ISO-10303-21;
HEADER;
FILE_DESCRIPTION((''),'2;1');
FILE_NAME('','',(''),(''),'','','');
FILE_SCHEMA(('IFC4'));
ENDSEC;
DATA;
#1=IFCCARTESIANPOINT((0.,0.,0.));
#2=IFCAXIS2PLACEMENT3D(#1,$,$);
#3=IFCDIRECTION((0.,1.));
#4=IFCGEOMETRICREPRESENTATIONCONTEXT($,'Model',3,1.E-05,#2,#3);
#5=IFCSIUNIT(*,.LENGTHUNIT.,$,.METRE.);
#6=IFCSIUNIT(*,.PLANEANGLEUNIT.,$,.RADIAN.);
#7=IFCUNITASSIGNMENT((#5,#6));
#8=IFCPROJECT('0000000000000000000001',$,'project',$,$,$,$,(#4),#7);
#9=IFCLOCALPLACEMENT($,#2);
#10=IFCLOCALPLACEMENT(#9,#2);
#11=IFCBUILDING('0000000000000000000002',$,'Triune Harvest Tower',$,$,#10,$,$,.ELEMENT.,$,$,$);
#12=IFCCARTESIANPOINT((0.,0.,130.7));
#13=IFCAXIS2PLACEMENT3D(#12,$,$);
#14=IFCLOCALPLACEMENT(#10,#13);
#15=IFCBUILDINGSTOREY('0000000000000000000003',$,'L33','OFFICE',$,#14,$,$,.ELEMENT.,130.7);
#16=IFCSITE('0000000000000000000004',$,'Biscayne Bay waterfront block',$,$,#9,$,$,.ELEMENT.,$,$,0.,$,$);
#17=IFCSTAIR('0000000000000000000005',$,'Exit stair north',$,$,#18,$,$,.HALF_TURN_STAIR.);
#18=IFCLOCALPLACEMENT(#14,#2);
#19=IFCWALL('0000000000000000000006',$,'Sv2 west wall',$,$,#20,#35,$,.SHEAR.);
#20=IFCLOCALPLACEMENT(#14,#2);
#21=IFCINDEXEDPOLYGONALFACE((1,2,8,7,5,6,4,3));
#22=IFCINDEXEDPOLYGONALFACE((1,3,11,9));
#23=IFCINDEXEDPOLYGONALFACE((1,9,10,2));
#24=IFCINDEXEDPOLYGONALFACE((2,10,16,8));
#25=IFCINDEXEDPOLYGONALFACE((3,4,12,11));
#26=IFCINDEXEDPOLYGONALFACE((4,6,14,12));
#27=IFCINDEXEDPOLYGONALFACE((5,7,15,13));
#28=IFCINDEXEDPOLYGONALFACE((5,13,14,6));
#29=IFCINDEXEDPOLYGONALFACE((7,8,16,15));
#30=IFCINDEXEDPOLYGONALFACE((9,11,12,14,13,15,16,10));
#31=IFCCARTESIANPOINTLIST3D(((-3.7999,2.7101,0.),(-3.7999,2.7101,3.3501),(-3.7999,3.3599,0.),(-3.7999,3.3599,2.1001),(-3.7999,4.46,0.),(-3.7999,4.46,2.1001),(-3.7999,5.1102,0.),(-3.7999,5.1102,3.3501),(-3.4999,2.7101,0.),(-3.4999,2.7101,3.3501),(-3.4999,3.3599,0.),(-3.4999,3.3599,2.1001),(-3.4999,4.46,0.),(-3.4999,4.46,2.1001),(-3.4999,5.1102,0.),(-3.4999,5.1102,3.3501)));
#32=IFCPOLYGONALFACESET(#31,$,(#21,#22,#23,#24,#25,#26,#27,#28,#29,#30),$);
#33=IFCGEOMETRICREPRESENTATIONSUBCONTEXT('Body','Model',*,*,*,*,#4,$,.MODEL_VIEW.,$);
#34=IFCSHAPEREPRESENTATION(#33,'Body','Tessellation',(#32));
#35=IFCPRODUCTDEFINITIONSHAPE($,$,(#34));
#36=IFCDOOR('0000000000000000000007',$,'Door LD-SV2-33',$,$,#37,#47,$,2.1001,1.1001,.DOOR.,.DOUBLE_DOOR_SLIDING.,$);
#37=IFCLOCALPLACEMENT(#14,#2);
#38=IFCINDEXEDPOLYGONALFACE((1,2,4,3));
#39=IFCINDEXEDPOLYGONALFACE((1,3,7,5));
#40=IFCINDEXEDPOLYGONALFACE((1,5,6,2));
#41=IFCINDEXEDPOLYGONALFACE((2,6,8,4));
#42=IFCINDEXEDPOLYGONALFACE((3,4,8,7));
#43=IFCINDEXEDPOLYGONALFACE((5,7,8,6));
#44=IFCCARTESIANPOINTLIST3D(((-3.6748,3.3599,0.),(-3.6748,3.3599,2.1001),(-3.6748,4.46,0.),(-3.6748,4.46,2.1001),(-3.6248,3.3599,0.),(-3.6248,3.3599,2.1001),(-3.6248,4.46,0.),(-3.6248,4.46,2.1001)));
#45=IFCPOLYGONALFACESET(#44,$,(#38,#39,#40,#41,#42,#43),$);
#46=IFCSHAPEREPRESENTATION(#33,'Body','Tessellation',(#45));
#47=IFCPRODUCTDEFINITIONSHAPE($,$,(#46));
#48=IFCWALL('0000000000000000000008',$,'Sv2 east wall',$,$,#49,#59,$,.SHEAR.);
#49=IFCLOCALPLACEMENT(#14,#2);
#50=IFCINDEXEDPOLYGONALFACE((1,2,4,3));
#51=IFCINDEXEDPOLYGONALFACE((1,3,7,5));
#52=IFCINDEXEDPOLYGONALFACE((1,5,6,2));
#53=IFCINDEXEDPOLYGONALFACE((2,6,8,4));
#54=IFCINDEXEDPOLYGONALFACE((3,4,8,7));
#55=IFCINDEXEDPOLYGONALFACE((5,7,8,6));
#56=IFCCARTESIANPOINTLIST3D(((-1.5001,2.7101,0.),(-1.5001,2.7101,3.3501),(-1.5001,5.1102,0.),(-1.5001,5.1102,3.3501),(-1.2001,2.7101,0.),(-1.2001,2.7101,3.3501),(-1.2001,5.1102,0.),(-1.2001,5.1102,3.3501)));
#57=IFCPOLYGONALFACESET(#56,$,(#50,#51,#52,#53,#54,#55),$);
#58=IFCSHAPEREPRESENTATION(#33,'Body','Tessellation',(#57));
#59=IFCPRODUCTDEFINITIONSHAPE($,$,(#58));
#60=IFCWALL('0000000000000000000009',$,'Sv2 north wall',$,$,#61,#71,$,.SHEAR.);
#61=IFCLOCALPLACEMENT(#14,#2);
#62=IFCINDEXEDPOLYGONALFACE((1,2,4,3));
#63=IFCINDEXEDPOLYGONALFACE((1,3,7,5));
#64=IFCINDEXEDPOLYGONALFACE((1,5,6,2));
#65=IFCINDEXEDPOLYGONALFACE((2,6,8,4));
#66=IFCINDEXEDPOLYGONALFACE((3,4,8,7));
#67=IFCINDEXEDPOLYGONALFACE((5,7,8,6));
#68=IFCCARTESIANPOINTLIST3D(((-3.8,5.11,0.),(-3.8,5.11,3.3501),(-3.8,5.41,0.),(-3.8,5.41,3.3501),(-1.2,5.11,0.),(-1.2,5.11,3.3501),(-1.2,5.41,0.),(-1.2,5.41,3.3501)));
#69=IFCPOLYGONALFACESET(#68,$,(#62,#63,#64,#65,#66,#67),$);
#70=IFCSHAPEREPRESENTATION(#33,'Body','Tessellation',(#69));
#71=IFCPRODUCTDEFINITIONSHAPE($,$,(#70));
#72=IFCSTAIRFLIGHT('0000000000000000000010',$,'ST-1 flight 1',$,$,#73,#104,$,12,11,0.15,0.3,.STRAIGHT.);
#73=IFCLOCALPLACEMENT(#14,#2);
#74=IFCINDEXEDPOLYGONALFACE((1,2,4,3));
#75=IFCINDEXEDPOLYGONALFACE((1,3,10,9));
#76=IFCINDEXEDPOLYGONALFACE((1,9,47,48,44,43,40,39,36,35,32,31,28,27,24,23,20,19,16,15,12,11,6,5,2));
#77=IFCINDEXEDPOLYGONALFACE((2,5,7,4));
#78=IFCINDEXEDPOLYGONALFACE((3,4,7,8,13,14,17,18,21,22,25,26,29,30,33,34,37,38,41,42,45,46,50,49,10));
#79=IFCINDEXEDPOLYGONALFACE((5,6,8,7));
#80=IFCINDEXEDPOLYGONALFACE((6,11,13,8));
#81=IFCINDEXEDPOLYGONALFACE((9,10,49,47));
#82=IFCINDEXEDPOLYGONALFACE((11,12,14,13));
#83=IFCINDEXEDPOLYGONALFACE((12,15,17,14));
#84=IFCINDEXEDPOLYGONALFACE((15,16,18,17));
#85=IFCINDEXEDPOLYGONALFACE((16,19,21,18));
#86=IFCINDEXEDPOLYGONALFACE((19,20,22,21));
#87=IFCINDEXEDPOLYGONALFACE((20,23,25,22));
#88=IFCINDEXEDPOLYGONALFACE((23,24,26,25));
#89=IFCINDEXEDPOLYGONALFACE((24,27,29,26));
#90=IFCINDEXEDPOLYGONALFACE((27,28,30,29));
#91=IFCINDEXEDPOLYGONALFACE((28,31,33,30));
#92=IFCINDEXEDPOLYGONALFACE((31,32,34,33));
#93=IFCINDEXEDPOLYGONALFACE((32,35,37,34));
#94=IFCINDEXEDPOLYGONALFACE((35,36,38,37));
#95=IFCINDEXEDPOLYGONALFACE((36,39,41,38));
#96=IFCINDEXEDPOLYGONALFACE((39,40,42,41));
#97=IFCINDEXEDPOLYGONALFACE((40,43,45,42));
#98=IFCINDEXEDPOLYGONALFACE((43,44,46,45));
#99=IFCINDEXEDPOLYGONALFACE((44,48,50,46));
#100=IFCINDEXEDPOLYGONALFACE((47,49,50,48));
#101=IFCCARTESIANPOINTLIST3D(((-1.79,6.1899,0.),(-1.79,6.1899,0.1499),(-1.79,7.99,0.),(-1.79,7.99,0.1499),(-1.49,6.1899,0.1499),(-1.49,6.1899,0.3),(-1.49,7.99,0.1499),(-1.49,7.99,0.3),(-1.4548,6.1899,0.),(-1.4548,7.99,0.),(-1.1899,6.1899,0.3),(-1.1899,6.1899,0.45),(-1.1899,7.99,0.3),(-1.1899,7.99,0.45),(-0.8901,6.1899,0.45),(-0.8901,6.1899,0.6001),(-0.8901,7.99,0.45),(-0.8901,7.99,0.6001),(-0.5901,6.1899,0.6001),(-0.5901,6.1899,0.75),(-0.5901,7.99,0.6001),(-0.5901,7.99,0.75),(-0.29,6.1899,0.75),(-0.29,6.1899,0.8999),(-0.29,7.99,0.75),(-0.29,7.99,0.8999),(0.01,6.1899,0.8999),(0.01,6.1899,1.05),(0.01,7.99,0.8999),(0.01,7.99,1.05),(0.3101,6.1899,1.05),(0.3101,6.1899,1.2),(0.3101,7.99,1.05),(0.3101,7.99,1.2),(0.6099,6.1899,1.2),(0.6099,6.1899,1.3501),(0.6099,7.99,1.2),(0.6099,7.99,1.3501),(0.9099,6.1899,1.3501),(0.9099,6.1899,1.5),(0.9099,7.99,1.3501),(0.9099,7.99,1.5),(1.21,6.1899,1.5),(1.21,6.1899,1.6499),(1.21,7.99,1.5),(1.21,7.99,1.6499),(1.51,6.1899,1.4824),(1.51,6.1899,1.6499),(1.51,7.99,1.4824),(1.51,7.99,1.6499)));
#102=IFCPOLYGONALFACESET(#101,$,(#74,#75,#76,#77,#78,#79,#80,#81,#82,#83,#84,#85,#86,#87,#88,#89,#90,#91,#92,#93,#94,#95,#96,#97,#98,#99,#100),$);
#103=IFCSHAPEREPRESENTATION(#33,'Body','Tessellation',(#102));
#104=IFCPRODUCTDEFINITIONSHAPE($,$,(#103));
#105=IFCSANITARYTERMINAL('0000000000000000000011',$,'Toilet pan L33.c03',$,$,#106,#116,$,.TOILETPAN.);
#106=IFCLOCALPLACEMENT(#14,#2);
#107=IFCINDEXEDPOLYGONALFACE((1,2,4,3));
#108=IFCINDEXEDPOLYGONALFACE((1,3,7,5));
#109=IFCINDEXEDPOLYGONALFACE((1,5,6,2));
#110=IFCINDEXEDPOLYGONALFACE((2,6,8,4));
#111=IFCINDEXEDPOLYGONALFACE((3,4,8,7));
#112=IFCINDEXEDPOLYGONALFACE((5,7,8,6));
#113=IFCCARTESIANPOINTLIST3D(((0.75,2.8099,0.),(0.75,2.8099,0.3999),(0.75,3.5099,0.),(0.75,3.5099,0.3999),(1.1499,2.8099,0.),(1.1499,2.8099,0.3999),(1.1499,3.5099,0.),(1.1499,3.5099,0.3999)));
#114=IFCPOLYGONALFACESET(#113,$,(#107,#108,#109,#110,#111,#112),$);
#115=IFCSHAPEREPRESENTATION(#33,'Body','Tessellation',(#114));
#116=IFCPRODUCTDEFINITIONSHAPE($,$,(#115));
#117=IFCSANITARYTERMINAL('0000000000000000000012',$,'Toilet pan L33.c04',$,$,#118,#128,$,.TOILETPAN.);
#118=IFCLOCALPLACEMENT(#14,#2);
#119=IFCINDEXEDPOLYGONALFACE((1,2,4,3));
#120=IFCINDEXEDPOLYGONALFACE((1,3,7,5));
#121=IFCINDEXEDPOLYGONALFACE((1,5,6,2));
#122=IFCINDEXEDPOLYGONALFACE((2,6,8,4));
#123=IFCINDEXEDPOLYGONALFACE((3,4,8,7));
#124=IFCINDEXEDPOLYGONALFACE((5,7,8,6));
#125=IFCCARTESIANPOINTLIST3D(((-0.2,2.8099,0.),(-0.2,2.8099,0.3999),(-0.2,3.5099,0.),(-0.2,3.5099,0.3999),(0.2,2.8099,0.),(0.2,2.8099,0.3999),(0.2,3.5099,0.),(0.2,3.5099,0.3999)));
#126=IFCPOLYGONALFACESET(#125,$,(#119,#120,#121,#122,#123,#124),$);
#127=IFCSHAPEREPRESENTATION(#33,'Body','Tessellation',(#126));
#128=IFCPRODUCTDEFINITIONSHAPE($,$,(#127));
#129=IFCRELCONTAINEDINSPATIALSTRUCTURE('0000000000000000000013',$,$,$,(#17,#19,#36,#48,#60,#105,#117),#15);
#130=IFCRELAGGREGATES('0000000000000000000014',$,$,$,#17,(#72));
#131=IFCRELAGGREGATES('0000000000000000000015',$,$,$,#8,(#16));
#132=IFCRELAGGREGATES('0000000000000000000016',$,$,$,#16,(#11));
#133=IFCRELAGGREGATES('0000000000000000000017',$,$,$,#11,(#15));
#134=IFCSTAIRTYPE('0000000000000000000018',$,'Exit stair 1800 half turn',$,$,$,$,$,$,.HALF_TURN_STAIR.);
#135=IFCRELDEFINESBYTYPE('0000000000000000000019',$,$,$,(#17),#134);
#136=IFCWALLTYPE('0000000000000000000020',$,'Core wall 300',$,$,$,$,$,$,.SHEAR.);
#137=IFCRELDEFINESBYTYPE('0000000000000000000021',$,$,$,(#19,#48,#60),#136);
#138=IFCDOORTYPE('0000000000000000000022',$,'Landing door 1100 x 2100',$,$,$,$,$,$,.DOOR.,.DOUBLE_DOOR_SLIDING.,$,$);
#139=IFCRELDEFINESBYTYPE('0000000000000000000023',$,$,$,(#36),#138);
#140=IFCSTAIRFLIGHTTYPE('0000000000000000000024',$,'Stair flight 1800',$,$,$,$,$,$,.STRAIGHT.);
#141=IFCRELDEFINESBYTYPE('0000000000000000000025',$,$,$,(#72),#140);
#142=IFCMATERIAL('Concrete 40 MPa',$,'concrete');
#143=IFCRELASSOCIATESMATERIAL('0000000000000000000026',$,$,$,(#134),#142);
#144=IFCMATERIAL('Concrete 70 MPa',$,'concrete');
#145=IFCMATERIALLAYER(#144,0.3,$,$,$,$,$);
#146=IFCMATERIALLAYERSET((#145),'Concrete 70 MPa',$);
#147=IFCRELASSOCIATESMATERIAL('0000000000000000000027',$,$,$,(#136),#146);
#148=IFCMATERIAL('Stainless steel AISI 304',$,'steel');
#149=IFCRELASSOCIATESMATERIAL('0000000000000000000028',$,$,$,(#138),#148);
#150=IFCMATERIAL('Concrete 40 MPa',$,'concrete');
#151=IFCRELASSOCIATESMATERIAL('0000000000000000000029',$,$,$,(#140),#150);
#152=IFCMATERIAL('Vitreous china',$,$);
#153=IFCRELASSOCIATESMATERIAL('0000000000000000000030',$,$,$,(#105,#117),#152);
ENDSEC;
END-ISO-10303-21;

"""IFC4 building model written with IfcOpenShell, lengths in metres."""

from ifc_helpers import new_model, si_unit, direction, frame, frame_2d, origin, origin_2d, place, context, subcontext, project, spatial, polyline, rectangle, outline, extrude, source, transform, mapped, material, layer, layer_set, type_object, element, fill, aggregate, save


model = new_model("IFC4")

# Units and contexts
model_context = context("Model", 3, precision=1e-05, world=origin(), true_north=direction((0.0, 1.0)))
body_context = subcontext(model_context, "Body", "Model", "MODEL_VIEW")
ifc_project = project(units=[si_unit("LENGTHUNIT", "METRE"), si_unit("PLANEANGLEUNIT", "RADIAN")], contexts=[model_context])

# Site, building, storey
site_placement = place(None, origin())
site = spatial("IfcSite", under=ifc_project, at=site_placement, Name="Biscayne Bay waterfront block", CompositionType="ELEMENT", RefElevation=0.0)
building_placement = place(site_placement, origin())
building = spatial("IfcBuilding", under=site, at=building_placement, Name="Triune Harvest Tower", CompositionType="ELEMENT")
storey_placement = place(building_placement, frame((0.0, 0.0, 130.7)))
storey = spatial("IfcBuildingStorey", under=building, at=storey_placement, Name="L33", Description="OFFICE", CompositionType="ELEMENT", Elevation=130.7)

# Stair
ifc_material_1 = material(Name="Concrete 40 MPa", Category="concrete")
stair_type = type_object("IfcStairType", Name="Exit stair 1800 half turn", PredefinedType="HALF_TURN_STAIR", material=ifc_material_1)
stair_1_placement = place(storey_placement, origin())
stair_1 = element("IfcStair", 1, at=stair_1_placement, inside=storey, type_object=stair_type, Name="Exit stair north", PredefinedType="HALF_TURN_STAIR")

# Shared definitions
ifc_material_2 = material(Name="Concrete 70 MPa", Category="concrete")
ifc_layer_1 = layer(ifc_material_2, 0.3)
ifc_layer_set_1 = layer_set([ifc_layer_1], Name="Concrete 70 MPa")
wall_type = type_object("IfcWallType", Name="Core wall 300", PredefinedType="SHEAR", material=ifc_layer_set_1)

# Shared definitions
ifc_material_3 = material(Name="Stainless steel AISI 304", Category="steel")
door_type_1 = type_object("IfcDoorType", Name="Landing door 1100 x 2100", OperationType="DOUBLE_DOOR_SLIDING", PredefinedType="DOOR", material=ifc_material_3)

# Shared definitions
shared_shape_1 = source(origin(), body_context, "Body", "SweptSolid", [
    extrude(rectangle(XDim=2.4001, YDim=0.3, at=frame_2d((1.2002, 0.0))), origin(), (0.0, 0.0, 1.0), 3.3501),
])

# Wall, opening, door
wall_1_placement = place(storey_placement, frame((-3.6499, 2.71, 0.0), z_axis=(0.0, 0.0, 1.0), x_axis=(0.0, 1.0, 0.0)))
wall_1 = element("IfcWall", 2, at=wall_1_placement, inside=storey, type_object=wall_type, Name="Sv2 west wall", PredefinedType="SHEAR", context=body_context, shape_type="MappedRepresentation", body=[
    mapped(shared_shape_1, transform((0.0, 0.0, 0.0), scale=1.0)),
])
opening_1_placement = place(wall_1_placement, frame((0.6499, 0.0, 0.0)))
opening_1 = element("IfcOpeningElement", 3, at=opening_1_placement, cuts=wall_1, PredefinedType="OPENING", context=body_context, shape_type="SweptSolid", body=[
    extrude(rectangle(XDim=1.1001, YDim=2.1001, at=frame_2d((0.55, 1.05))), frame((0.0, 0.1602, 0.0), z_axis=(0.0, -1.0, 0.0), x_axis=(1.0, 0.0, 0.0)), (0.0, 0.0, 1.0), 0.3201),
])
door_1_placement = place(opening_1_placement, origin())
door_1 = element("IfcDoor", 4, at=door_1_placement, inside=storey, type_object=door_type_1, Name="Door LD-SV2-33", OperationType="DOUBLE_DOOR_SLIDING", OverallHeight=2.1001, OverallWidth=1.1001, PredefinedType="DOOR", context=body_context, shape_type="SweptSolid", body=[
    extrude(rectangle(XDim=1.1001, YDim=2.1001, at=frame_2d((0.55, 1.05))), frame((0.0, 0.0249, 0.0), z_axis=(0.0, -1.0, 0.0), x_axis=(1.0, 0.0, 0.0)), (0.0, 0.0, 1.0), 0.05),
])
fill(opening_1, door_1)

# Walls
wall_2_placement = place(storey_placement, frame((-1.3501, 2.71, 0.0), z_axis=(0.0, 0.0, 1.0), x_axis=(0.0, 1.0, 0.0)))
element("IfcWall", 5, at=wall_2_placement, inside=storey, type_object=wall_type, Name="Sv2 east wall", PredefinedType="SHEAR", context=body_context, shape_type="MappedRepresentation", body=[
    mapped(shared_shape_1, transform((0.0, 0.0, 0.0), scale=1.0)),
])
shared_shape_2 = source(origin(), body_context, "Body", "SweptSolid", [
    extrude(rectangle(XDim=2.6001, YDim=0.3, at=frame_2d((1.3, 0.0))), origin(), (0.0, 0.0, 1.0), 3.3501),
])
wall_3_placement = place(storey_placement, frame((-3.8, 5.26, 0.0), z_axis=(0.0, 0.0, 1.0), x_axis=(1.0, 0.0, 0.0)))
element("IfcWall", 6, at=wall_3_placement, inside=storey, type_object=wall_type, Name="Sv2 north wall", PredefinedType="SHEAR", context=body_context, shape_type="MappedRepresentation", body=[
    mapped(shared_shape_2, transform((0.0, 0.0, 0.0), scale=1.0)),
])

# Stair flight
ifc_material_4 = material(Name="Concrete 40 MPa", Category="concrete")
stair_flight_type = type_object("IfcStairFlightType", Name="Stair flight 1800", PredefinedType="STRAIGHT", material=ifc_material_4)
shared_shape_3 = source(origin(), body_context, "Body", "SweptSolid", [
    extrude(outline(polyline([(0.0, 0.0), (0.0, 0.1499), (0.3, 0.1499), (0.3, 0.3), (0.6001, 0.3), (0.6001, 0.45), (0.8999, 0.45), (0.8999, 0.6001), (1.2, 0.6001), (1.2, 0.75), (1.5, 0.75), (1.5, 0.8999), (1.8, 0.8999), (1.8, 1.05), (2.1001, 1.05), (2.1001, 1.2), (2.3999, 1.2), (2.3999, 1.3501), (2.7, 1.3501), (2.7, 1.5), (3.0, 1.5), (3.0, 1.6499), (3.3, 1.6499), (3.3, 1.8), (3.3, 1.4824), (0.3352, 0.0), (0.0, 0.0)])), frame((0.0, 0.8999, 0.0), z_axis=(0.0, -1.0, 0.0), x_axis=(1.0, 0.0, 0.0)), (0.0, 0.0, 1.0), 1.8),
])
stair_flight_placement = place(storey_placement, frame((-1.79, 7.0901, 0.0), z_axis=(0.0, 0.0, 1.0), x_axis=(1.0, 0.0, 0.0)))
stair_flight = element("IfcStairFlight", 7, at=stair_flight_placement, type_object=stair_flight_type, Name="ST-1 flight 1", NumberOfRisers=12, NumberOfTreads=11, PredefinedType="STRAIGHT", RiserHeight=0.15, TreadLength=0.3, context=body_context, shape_type="MappedRepresentation", body=[
    mapped(shared_shape_3, transform((0.0, 0.0, 0.0), scale=1.0)),
])
aggregate(stair_1, [stair_flight])

# Sanitary terminals
ifc_material_5 = material(Name="Vitreous china")
shared_shape_4 = source(origin(), body_context, "Body", "SweptSolid", [
    extrude(rectangle(XDim=0.3999, YDim=0.7, at=origin_2d()), origin(), (0.0, 0.0, 1.0), 0.3999),
])
for number, where, z_axis, x_axis, name in (
    (8, (0.95, 3.1599, 0.0), (0.0, 0.0, 1.0), (-1.0, 0.0, 0.0), "Toilet pan L33.c03"),
    (9, (0.0, 3.1599, 0.0), (0.0, 0.0, 1.0), (-1.0, 0.0, 0.0), "Toilet pan L33.c04"),
):
    element("IfcSanitaryTerminal", number, at=place(storey_placement, frame(where, z_axis=z_axis, x_axis=x_axis)), inside=storey, material=ifc_material_5, Name=name, PredefinedType="TOILETPAN", context=body_context, shape_type="MappedRepresentation", body=[
        mapped(shared_shape_4, transform((0.0, 0.0, 0.0), scale=1.0)),
    ])

save(model, "model.ifc")
